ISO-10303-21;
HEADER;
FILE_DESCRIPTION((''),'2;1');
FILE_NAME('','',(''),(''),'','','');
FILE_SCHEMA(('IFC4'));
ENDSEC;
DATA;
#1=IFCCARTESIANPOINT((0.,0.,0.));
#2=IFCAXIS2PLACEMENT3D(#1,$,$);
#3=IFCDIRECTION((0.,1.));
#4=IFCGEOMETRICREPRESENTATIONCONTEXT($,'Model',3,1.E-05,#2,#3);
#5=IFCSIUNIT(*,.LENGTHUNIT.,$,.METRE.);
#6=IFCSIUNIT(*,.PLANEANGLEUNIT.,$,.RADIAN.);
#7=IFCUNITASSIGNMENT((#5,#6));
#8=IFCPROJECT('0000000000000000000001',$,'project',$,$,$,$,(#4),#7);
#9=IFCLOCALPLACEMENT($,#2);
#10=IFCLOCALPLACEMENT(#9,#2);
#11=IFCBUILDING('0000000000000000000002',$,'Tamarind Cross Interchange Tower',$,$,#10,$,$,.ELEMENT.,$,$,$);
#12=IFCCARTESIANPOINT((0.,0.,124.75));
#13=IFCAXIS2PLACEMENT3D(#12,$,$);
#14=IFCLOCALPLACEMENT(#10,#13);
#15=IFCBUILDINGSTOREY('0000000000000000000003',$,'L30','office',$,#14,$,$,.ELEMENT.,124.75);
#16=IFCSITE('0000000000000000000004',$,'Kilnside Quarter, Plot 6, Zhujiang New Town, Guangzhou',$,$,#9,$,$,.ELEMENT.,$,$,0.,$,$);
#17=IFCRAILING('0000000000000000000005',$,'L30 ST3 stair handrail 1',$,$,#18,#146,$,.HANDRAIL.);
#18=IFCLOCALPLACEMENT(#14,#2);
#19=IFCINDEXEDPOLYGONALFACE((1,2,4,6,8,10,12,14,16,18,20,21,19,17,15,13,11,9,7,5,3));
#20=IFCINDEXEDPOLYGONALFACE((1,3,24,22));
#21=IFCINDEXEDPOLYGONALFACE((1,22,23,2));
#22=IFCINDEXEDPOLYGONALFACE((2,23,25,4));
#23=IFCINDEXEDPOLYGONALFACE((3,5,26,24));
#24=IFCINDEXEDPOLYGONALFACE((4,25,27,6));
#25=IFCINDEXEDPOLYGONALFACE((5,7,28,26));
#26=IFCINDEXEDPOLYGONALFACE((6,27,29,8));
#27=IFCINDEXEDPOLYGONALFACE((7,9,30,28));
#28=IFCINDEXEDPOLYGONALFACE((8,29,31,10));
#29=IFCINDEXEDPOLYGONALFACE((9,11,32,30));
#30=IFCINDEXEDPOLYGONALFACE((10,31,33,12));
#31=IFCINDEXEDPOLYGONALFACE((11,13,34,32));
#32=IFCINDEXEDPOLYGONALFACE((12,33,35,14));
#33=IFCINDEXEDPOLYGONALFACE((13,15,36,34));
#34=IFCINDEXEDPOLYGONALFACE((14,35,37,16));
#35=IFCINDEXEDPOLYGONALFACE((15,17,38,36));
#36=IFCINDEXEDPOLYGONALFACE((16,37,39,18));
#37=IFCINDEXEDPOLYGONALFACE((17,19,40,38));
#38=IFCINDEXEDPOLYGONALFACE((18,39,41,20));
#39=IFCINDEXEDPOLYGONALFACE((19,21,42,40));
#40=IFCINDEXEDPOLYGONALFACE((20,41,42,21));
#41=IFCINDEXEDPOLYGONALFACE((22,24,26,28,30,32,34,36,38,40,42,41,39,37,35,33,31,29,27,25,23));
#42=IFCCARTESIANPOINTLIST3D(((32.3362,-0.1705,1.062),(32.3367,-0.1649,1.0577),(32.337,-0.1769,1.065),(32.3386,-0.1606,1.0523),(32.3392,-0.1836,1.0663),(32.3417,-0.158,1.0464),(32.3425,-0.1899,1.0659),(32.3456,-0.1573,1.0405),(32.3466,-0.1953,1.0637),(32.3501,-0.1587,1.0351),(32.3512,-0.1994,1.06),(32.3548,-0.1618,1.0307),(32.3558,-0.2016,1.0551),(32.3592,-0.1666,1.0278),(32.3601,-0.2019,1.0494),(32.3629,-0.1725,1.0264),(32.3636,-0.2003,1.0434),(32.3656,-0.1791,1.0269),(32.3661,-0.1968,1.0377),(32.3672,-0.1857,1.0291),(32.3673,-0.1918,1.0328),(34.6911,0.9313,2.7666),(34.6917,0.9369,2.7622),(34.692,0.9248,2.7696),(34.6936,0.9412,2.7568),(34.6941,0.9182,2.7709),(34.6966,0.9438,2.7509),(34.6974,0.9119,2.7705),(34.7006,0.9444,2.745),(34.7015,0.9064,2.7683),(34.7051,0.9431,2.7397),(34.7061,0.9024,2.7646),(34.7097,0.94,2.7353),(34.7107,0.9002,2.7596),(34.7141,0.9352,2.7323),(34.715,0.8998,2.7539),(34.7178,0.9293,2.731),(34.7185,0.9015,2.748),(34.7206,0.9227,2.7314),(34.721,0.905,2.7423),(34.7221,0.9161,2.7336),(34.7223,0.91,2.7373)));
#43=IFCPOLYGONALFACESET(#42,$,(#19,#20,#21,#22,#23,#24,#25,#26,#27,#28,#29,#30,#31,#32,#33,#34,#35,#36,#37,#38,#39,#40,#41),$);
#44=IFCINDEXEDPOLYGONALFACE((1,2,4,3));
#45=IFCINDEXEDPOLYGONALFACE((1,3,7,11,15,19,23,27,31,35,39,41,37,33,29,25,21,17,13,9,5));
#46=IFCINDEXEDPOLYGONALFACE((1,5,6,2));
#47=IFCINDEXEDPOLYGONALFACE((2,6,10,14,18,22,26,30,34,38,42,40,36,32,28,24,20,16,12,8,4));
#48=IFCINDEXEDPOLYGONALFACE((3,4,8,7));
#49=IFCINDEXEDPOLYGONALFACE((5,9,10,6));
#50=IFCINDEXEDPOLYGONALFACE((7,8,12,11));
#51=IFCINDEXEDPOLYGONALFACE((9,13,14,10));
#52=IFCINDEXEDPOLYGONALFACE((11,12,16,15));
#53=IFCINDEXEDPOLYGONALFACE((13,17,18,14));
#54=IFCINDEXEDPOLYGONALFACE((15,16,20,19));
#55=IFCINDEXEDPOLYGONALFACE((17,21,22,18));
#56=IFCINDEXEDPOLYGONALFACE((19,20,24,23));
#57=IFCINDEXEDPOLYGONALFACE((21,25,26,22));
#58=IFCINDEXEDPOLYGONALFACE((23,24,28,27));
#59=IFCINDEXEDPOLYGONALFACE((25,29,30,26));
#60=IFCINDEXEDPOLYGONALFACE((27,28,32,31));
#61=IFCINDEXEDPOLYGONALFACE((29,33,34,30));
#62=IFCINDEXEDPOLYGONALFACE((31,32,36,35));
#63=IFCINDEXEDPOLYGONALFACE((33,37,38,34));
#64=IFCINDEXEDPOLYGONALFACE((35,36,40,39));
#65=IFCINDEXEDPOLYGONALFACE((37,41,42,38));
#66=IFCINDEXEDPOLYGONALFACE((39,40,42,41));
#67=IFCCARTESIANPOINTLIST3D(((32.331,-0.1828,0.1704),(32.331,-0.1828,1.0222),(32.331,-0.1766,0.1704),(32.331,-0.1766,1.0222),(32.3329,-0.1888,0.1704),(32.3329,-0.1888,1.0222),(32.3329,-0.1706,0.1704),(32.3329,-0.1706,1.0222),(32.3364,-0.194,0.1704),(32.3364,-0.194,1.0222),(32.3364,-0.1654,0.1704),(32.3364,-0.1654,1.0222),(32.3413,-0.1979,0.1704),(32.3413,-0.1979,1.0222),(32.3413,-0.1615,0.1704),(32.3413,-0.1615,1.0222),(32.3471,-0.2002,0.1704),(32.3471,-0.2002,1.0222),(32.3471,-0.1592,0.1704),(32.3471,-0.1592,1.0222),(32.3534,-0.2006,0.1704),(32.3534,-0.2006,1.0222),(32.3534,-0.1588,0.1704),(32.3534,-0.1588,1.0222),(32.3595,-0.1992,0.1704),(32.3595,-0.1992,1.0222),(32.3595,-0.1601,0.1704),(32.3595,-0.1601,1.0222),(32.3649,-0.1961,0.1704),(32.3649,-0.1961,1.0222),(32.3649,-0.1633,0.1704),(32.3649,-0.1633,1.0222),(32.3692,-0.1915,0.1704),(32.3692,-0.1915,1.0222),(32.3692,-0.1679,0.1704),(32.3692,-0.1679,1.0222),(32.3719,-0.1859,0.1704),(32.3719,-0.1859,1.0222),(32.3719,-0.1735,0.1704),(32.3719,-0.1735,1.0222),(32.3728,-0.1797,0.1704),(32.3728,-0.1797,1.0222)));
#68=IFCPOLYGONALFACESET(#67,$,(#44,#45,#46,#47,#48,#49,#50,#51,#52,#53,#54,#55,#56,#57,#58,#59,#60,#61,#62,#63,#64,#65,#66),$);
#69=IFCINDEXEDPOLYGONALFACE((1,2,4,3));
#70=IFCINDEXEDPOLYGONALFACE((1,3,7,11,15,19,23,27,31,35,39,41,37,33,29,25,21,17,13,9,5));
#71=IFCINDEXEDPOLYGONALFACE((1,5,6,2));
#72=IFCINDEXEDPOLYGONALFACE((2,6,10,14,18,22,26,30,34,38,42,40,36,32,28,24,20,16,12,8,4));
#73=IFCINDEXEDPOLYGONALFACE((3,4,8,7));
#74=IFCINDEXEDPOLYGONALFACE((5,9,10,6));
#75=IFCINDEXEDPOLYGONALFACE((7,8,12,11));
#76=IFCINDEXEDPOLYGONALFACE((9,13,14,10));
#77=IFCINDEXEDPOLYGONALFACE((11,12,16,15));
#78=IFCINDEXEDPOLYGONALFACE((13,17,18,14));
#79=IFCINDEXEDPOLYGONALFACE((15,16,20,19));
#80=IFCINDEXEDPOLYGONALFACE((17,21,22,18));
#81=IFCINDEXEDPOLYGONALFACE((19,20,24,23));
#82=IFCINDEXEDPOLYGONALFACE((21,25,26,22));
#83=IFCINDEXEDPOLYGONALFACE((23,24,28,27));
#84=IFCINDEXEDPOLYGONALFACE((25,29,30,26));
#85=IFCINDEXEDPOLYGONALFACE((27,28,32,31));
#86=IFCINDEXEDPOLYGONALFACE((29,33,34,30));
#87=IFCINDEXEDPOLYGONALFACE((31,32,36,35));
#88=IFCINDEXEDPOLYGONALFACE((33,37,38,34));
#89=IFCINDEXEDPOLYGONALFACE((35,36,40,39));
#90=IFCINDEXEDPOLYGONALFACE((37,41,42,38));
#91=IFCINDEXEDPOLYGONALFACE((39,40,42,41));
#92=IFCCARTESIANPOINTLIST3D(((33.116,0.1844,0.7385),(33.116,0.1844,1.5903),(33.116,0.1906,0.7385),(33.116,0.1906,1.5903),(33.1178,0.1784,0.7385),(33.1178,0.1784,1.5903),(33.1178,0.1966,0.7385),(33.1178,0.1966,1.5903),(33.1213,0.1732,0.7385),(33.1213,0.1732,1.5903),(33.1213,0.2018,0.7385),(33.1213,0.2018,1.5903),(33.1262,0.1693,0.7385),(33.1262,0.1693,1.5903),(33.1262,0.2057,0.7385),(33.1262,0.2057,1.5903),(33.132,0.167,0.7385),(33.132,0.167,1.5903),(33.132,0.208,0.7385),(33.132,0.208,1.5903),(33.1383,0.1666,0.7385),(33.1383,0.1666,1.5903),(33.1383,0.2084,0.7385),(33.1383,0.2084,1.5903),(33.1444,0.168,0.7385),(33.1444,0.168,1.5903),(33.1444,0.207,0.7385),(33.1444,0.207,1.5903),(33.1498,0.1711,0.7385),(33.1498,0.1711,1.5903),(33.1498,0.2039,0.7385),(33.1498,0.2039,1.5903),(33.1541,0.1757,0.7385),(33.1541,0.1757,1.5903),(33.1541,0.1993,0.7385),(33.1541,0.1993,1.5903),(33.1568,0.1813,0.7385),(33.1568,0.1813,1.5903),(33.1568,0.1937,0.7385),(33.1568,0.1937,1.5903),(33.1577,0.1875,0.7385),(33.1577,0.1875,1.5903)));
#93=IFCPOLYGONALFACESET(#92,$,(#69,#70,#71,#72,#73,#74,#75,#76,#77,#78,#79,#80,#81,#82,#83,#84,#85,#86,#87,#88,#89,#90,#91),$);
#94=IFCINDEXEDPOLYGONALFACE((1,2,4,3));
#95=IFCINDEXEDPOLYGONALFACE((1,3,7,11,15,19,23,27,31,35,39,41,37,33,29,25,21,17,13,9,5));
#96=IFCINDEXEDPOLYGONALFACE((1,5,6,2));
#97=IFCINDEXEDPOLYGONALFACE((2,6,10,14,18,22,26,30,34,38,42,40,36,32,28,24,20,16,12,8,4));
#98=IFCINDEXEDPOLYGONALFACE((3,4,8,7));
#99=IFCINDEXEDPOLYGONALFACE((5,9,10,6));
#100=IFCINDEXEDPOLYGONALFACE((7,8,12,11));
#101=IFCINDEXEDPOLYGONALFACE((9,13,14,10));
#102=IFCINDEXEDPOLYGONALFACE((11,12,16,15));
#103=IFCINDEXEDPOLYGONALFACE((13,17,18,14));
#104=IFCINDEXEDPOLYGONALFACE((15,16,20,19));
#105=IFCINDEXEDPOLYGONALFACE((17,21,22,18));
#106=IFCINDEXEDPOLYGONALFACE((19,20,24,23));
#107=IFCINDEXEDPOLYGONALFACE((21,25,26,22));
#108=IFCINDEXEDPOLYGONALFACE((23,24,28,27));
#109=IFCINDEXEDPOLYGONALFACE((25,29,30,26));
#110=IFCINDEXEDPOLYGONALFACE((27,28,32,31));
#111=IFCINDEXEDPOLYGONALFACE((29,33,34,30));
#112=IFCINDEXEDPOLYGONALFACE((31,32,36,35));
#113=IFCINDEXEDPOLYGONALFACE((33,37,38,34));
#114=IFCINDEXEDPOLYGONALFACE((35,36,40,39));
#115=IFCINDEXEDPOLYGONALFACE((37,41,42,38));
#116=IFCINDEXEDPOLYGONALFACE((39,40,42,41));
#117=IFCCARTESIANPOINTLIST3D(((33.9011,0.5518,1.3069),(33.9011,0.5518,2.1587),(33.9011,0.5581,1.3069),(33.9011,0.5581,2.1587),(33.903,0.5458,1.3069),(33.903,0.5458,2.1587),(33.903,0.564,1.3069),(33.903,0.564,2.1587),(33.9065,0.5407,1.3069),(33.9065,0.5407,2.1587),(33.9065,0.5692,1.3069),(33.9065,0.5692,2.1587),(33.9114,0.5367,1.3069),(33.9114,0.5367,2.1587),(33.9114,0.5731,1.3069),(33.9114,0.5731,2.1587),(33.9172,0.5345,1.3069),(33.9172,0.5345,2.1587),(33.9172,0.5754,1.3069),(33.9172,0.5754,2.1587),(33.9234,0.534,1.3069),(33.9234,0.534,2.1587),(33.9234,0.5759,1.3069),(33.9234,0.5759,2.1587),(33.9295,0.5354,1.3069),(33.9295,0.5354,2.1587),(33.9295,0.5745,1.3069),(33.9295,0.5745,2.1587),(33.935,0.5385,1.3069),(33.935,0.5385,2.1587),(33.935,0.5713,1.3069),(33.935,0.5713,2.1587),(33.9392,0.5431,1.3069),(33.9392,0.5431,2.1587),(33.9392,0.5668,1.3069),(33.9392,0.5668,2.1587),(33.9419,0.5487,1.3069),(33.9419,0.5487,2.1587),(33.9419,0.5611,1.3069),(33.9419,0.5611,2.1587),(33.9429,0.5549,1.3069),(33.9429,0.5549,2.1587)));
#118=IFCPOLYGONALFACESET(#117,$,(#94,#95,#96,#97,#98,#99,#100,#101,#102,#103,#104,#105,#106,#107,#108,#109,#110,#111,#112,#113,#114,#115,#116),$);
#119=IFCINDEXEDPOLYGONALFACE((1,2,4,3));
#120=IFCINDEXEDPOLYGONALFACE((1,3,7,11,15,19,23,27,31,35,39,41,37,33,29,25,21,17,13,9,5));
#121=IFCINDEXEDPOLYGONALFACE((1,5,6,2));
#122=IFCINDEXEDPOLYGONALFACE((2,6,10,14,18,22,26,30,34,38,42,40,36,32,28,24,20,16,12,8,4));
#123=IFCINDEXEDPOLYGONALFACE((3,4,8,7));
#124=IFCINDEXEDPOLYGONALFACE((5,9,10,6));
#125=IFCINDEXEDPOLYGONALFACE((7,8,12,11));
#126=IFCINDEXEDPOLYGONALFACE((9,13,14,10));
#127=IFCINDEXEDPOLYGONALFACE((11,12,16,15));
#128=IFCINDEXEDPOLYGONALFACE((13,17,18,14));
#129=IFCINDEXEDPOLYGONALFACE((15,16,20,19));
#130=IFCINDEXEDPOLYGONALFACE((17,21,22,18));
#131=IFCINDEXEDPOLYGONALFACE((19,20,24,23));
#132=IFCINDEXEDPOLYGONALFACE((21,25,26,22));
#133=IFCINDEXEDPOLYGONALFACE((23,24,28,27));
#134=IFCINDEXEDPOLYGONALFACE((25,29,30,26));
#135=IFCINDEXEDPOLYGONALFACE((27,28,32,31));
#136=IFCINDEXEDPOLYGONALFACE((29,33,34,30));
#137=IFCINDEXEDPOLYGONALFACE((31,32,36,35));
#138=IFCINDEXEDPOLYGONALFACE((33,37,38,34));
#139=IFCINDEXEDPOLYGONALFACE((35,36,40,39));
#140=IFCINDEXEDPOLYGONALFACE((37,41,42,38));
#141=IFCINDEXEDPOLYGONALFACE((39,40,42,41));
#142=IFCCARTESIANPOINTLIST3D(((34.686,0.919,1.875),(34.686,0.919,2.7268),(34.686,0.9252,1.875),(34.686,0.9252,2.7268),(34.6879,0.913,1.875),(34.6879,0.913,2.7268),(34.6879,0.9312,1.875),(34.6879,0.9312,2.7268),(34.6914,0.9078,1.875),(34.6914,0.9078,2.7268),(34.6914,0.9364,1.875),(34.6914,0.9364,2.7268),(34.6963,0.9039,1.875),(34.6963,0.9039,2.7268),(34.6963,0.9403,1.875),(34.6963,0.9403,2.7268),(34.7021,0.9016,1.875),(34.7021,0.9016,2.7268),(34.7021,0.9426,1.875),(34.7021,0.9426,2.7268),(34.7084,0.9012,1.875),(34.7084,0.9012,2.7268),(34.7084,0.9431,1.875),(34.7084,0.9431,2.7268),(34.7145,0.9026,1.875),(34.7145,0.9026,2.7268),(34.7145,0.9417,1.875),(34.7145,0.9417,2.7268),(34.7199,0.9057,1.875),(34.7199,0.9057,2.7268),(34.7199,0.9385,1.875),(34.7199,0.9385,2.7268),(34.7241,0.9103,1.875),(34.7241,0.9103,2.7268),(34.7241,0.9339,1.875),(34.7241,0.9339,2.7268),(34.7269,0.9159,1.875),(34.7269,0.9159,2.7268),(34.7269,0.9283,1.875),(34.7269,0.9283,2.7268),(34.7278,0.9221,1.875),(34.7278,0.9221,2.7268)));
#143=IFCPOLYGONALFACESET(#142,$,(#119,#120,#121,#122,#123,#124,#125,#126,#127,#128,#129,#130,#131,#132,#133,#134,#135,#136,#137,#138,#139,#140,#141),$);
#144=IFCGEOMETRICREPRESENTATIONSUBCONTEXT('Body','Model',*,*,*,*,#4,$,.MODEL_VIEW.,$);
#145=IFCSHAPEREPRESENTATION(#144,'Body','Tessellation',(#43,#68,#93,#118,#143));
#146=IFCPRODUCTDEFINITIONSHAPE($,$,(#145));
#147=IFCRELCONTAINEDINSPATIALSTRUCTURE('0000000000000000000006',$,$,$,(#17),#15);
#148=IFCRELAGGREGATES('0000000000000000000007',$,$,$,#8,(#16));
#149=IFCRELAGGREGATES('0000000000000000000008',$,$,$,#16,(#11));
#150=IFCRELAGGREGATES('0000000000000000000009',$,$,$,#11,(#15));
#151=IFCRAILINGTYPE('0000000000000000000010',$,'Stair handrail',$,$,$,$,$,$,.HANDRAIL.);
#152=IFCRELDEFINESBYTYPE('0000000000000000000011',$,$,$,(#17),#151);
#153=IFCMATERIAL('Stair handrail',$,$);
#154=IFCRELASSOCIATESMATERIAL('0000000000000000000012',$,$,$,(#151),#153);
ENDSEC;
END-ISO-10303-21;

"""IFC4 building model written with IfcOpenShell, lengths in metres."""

from ifc_helpers import new_model, si_unit, direction, frame, origin, origin_2d, place, context, subcontext, project, spatial, circle, extrude, material, type_object, element, save


model = new_model("IFC4")

# Units and contexts
model_context = context("Model", 3, precision=1e-05, world=origin(), true_north=direction((0.0, 1.0)))
body_context = subcontext(model_context, "Body", "Model", "MODEL_VIEW")
ifc_project = project(units=[si_unit("LENGTHUNIT", "METRE"), si_unit("PLANEANGLEUNIT", "RADIAN")], contexts=[model_context])

# Site, building, storey
site_placement = place(None, origin())
site = spatial("IfcSite", under=ifc_project, at=site_placement, Name="Kilnside Quarter, Plot 6, Zhujiang New Town, Guangzhou", CompositionType="ELEMENT", RefElevation=0.0)
building_placement = place(site_placement, origin())
building = spatial("IfcBuilding", under=site, at=building_placement, Name="Tamarind Cross Interchange Tower", CompositionType="ELEMENT")
storey_placement = place(building_placement, frame((0.0, 0.0, 124.75)))
storey = spatial("IfcBuildingStorey", under=building, at=storey_placement, Name="L30", Description="office", CompositionType="ELEMENT", Elevation=124.75)

# Railing
ifc_material_1 = material(Name="Stair handrail")
railing_type = type_object("IfcRailingType", Name="Stair handrail", PredefinedType="HANDRAIL", material=ifc_material_1)
railing_placement = place(storey_placement, frame((32.3518, -0.1797, 0.1704)))
element("IfcRailing", 1, at=railing_placement, inside=storey, type_object=railing_type, Name="L30 ST3 stair handrail 1", PredefinedType="HANDRAIL", context=body_context, shape_type="SweptSolid", body=[
    extrude(circle(Radius=0.0239, at=origin_2d()), frame((0.0, 0.0, 0.876), z_axis=(0.757485, 0.354399, 0.548286), x_axis=(-0.423775, 0.905768, 0.0)), (0.0, 0.0, 1.0), 3.1089),
    extrude(circle(Radius=0.021, at=origin_2d()), origin(), (0.0, 0.0, 1.0), 0.8518),
    extrude(circle(Radius=0.021, at=origin_2d()), frame((0.7849, 0.3672, 0.5681)), (0.0, 0.0, 1.0), 0.8518),
    extrude(circle(Radius=0.021, at=origin_2d()), frame((1.5701, 0.7346, 1.1365)), (0.0, 0.0, 1.0), 0.8518),
    extrude(circle(Radius=0.021, at=origin_2d()), frame((2.355, 1.1018, 1.7046)), (0.0, 0.0, 1.0), 0.8518),
])

save(model, "model.ifc")
